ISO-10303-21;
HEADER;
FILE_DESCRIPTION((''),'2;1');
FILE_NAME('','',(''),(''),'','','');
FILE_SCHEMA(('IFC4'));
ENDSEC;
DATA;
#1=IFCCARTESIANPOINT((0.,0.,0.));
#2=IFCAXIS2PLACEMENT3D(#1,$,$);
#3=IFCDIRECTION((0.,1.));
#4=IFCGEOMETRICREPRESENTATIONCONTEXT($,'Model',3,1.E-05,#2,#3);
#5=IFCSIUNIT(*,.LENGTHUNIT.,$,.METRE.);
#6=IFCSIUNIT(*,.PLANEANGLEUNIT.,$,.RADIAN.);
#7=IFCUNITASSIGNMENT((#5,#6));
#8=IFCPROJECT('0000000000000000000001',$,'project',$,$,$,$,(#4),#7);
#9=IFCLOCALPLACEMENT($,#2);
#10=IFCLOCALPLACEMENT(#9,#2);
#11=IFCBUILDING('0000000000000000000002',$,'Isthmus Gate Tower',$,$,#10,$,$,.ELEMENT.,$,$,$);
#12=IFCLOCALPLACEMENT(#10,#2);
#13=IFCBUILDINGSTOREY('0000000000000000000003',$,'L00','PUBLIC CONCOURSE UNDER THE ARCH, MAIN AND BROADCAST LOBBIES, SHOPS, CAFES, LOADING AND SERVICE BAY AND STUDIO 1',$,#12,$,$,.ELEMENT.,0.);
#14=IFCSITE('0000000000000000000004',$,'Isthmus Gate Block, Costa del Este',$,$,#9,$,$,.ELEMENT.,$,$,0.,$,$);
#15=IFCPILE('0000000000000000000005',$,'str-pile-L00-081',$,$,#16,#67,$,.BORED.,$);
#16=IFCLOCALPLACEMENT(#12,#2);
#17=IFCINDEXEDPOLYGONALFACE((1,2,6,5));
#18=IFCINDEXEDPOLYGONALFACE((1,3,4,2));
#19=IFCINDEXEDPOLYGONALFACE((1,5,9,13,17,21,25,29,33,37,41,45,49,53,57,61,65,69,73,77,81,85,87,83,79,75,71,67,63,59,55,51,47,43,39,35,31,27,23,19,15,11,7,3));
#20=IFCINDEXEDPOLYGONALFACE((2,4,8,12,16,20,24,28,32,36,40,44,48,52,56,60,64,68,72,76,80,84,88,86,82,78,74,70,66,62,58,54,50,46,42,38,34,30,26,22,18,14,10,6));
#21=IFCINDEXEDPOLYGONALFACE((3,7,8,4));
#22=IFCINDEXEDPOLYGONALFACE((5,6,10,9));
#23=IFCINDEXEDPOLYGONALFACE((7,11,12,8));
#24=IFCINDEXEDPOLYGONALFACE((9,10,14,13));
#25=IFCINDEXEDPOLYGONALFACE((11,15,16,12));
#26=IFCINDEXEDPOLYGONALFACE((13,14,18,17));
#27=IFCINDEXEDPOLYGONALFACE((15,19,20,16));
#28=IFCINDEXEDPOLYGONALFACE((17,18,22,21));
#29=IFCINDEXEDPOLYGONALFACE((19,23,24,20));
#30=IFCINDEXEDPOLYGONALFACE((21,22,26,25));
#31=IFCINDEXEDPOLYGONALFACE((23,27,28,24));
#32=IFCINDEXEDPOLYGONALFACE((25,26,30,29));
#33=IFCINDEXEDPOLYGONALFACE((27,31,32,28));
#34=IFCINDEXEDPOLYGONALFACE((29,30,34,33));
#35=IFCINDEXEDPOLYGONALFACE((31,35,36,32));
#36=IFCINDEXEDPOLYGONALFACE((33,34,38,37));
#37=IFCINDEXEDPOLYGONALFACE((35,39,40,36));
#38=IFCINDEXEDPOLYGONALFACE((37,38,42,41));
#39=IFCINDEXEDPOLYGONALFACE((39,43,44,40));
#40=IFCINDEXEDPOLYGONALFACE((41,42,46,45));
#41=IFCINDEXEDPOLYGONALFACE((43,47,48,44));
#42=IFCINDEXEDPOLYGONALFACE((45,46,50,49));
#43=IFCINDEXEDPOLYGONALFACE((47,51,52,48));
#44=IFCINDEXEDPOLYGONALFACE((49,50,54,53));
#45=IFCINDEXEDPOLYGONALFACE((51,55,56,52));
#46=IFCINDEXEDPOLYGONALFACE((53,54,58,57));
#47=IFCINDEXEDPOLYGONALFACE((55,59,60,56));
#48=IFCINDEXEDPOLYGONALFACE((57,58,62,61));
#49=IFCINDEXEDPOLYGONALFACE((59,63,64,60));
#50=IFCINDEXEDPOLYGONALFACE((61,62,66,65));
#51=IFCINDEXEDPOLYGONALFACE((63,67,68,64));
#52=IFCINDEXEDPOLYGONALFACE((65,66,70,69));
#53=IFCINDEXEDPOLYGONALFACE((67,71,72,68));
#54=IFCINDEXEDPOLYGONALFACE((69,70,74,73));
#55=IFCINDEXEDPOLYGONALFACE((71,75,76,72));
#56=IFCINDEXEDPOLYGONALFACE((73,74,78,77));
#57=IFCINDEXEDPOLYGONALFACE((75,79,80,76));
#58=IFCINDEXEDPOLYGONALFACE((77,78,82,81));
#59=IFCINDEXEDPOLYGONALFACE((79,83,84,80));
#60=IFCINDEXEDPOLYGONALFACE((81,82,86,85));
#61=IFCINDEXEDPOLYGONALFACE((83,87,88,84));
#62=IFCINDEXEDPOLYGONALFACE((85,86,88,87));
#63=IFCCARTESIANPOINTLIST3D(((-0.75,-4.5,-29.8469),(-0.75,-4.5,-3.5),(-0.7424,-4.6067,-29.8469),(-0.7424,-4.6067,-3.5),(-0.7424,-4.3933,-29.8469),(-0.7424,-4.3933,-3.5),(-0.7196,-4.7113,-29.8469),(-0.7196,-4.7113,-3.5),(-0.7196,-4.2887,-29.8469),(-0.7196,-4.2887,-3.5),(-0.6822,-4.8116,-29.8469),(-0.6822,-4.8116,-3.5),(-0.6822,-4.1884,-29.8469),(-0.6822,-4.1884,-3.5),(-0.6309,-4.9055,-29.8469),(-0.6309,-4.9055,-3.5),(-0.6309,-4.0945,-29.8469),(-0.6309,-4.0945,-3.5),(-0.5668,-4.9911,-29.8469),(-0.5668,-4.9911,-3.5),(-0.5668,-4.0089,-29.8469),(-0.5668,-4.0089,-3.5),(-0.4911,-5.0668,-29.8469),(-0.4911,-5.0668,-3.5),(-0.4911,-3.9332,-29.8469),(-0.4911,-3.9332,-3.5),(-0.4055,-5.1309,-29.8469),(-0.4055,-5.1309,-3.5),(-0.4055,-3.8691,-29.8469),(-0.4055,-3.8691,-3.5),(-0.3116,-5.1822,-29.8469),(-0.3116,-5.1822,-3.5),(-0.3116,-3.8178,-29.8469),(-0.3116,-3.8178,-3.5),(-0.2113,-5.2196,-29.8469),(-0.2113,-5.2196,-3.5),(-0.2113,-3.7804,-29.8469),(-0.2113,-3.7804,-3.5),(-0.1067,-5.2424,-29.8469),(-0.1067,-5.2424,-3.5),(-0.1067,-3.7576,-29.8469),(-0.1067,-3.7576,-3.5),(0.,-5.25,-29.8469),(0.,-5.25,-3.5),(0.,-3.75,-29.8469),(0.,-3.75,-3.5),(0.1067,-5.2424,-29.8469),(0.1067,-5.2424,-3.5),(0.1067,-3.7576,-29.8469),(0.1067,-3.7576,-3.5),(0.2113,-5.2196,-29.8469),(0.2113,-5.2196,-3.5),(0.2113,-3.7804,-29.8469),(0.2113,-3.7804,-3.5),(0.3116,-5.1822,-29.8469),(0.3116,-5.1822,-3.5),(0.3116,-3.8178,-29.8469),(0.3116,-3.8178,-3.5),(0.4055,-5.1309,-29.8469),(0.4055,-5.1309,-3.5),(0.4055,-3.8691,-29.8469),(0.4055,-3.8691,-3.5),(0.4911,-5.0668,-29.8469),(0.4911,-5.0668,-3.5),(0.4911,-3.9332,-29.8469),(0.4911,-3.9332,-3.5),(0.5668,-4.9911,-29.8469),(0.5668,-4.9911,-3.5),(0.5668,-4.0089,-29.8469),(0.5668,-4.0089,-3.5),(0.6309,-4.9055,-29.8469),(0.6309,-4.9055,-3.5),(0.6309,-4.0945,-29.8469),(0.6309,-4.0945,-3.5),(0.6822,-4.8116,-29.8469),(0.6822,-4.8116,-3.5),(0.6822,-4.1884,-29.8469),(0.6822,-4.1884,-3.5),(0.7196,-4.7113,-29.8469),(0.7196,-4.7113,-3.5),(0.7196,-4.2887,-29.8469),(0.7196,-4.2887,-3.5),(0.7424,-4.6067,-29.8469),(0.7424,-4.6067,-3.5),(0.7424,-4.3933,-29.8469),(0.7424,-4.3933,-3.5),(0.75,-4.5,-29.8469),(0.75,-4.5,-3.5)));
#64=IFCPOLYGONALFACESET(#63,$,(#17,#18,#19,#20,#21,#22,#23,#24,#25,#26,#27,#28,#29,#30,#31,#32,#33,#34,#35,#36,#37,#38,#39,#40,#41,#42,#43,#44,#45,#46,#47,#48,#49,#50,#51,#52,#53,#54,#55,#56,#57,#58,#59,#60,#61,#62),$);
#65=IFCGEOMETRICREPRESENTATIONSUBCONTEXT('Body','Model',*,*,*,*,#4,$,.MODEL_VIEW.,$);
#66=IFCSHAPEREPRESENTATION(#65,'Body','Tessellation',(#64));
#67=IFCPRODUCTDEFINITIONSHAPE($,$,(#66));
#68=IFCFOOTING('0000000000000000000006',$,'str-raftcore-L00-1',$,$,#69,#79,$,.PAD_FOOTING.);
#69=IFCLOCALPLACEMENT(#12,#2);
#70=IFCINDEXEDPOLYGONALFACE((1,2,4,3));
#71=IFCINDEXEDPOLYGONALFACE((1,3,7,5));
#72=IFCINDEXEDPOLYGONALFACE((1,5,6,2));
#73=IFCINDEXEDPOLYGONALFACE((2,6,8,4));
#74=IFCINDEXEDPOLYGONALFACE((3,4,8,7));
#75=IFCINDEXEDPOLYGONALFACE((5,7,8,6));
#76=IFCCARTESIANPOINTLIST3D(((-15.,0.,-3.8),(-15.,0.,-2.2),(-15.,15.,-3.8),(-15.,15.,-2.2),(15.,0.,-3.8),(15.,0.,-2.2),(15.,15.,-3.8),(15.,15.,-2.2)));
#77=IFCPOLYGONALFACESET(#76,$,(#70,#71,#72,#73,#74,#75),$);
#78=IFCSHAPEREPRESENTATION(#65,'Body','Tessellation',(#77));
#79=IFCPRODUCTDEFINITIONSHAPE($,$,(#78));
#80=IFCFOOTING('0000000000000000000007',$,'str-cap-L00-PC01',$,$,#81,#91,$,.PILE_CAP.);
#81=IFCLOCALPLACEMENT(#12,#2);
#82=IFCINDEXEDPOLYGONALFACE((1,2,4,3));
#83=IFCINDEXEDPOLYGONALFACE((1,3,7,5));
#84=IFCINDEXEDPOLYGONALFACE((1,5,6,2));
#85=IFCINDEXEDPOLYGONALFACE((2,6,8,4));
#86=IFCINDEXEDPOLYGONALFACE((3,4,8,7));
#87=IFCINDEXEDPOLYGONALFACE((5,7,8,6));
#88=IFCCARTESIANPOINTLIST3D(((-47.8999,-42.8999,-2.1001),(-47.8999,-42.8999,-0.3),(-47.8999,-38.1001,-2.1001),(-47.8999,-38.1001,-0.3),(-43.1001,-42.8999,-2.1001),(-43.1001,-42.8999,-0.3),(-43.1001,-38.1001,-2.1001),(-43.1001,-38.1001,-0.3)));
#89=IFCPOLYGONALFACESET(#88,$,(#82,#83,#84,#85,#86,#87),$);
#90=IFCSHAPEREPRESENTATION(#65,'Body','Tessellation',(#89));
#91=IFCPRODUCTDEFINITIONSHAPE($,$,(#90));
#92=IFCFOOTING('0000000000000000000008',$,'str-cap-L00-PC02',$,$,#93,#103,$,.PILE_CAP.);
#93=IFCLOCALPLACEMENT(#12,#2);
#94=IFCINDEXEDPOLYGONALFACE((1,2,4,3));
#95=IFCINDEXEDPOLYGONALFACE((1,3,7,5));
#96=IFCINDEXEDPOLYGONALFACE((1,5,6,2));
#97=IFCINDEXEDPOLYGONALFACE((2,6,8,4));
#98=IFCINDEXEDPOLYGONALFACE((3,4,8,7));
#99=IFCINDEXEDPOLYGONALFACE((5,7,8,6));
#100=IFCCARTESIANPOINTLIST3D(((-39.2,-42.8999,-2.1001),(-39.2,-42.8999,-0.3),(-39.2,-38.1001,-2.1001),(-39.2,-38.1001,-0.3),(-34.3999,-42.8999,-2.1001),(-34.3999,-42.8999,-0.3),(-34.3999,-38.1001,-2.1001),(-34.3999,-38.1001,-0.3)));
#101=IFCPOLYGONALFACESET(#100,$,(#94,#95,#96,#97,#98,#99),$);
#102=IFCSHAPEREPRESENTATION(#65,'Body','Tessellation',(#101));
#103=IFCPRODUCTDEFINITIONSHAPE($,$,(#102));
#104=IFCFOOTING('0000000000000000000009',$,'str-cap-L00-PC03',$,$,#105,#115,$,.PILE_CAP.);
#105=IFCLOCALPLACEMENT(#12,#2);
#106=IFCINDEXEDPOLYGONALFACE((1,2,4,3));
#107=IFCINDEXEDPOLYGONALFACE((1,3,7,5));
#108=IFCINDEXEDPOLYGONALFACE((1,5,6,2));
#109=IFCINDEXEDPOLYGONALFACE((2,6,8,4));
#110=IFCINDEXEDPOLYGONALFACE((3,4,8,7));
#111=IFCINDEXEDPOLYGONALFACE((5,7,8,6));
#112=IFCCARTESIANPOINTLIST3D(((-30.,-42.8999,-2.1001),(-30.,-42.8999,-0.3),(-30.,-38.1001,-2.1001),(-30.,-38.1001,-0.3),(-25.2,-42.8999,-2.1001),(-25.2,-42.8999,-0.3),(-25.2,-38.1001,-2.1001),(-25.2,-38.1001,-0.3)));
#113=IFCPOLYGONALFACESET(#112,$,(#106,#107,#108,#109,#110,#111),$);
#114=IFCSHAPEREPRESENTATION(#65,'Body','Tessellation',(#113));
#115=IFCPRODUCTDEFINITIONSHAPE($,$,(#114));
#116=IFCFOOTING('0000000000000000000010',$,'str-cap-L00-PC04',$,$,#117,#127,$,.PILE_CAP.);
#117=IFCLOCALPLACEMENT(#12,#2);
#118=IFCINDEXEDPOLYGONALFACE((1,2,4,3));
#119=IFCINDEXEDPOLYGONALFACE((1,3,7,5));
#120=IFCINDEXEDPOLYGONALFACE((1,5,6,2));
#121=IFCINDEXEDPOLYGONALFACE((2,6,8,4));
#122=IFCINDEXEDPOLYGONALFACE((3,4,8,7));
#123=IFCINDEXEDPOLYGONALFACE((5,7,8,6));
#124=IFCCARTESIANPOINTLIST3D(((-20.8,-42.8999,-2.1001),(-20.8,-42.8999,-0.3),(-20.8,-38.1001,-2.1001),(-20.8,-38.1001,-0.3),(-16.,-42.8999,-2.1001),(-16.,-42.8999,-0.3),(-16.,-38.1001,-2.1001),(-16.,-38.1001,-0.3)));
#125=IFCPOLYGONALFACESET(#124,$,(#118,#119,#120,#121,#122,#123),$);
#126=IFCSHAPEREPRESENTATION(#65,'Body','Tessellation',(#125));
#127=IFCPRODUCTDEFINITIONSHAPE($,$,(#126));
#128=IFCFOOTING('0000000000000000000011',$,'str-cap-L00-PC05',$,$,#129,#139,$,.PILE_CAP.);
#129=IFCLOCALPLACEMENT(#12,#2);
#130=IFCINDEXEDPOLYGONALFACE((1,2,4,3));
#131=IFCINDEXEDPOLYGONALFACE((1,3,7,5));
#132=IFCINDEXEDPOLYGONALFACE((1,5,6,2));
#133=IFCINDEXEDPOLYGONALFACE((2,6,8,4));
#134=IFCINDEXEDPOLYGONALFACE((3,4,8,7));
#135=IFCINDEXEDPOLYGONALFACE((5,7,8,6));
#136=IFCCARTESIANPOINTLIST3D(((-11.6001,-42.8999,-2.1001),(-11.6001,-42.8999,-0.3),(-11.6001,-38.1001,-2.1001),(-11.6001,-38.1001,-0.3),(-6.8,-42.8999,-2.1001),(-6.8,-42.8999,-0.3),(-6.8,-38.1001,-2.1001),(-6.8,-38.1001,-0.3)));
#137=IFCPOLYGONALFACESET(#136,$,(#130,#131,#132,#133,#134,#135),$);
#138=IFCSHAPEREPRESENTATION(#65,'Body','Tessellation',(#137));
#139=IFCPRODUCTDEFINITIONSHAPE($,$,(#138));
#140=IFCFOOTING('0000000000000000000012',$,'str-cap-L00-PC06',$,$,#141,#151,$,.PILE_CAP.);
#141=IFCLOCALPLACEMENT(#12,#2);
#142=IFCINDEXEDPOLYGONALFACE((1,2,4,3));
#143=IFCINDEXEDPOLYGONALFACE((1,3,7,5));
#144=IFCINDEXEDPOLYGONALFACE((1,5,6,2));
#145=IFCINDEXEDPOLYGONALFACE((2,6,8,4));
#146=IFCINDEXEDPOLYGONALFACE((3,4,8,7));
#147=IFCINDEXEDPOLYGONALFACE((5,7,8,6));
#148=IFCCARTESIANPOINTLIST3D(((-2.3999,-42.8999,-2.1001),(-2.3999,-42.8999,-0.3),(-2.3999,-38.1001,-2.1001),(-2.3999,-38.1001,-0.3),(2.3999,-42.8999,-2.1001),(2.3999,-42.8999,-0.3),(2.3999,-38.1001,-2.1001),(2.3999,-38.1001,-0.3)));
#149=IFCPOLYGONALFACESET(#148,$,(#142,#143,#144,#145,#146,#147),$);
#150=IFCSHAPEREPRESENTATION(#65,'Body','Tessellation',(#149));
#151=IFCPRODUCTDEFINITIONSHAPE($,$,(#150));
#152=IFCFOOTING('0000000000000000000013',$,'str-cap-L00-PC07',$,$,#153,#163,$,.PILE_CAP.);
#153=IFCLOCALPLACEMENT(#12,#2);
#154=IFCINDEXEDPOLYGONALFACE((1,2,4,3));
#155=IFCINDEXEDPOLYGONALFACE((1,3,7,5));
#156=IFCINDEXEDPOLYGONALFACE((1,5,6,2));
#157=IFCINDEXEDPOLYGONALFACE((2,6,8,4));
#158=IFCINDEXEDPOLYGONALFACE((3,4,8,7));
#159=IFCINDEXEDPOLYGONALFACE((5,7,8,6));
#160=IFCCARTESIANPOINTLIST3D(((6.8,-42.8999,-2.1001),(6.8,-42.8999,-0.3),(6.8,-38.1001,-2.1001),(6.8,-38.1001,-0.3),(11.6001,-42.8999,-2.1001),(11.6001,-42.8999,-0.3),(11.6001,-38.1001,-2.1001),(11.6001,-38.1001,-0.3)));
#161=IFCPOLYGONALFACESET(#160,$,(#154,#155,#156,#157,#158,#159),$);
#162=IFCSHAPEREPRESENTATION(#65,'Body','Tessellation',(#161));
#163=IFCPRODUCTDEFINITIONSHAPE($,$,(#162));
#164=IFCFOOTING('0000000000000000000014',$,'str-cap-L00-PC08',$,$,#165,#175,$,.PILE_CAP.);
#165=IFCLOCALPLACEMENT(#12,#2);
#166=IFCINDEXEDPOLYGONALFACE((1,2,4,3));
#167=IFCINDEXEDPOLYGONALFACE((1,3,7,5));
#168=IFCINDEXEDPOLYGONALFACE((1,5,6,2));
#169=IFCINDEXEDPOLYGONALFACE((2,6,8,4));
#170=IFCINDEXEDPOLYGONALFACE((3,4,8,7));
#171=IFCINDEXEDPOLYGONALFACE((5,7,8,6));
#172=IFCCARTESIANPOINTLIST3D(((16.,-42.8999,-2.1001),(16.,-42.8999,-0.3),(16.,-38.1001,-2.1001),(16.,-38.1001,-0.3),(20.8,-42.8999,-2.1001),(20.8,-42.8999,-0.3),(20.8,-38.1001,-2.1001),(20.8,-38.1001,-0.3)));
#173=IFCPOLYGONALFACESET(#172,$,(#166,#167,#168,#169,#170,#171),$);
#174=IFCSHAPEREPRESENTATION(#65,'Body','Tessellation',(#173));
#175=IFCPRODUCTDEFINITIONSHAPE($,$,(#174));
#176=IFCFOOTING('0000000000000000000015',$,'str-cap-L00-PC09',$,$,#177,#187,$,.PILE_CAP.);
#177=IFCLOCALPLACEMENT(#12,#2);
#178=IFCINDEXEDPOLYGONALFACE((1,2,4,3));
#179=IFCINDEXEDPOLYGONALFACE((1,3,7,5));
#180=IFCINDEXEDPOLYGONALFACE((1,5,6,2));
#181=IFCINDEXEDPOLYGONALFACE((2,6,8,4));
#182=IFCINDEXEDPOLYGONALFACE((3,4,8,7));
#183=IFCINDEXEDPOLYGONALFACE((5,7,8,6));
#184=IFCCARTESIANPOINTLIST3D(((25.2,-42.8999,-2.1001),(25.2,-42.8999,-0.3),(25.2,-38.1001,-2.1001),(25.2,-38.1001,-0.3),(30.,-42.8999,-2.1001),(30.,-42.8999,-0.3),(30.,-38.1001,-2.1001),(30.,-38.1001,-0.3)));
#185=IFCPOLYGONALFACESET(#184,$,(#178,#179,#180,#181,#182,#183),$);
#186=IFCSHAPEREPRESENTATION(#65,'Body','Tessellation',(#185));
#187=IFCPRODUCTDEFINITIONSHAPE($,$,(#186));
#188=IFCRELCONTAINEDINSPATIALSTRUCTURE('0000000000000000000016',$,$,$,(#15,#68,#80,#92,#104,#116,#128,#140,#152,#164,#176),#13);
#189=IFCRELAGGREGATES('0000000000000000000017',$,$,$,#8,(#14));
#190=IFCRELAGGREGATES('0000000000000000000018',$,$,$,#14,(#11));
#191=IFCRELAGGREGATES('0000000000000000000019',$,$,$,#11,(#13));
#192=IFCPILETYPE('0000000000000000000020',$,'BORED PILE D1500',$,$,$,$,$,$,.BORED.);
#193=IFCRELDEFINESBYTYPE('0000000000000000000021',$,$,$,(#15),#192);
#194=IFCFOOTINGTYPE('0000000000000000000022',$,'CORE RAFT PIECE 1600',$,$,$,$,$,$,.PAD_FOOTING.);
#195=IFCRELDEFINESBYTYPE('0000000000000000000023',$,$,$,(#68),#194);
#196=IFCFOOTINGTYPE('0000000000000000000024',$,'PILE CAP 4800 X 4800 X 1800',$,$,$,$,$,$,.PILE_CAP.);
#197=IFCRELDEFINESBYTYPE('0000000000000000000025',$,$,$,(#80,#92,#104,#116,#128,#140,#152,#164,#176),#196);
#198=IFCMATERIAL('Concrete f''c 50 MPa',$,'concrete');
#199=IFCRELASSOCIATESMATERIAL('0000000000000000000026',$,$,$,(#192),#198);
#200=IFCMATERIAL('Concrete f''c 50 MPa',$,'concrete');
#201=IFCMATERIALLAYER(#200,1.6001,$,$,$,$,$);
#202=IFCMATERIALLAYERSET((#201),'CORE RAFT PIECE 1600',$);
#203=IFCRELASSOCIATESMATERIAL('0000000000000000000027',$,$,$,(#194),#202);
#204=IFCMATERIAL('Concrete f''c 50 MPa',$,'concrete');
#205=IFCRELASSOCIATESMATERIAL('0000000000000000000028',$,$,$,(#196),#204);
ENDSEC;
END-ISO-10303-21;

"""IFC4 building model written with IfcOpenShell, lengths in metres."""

from ifc_helpers import new_model, si_unit, direction, frame, origin, origin_2d, place, context, subcontext, project, spatial, polyline, circle, outline, extrude, material, layer, layer_set, material_profile, profile_set, type_object, element, save


model = new_model("IFC4")

# Units and contexts
model_context = context("Model", 3, precision=1e-05, world=origin(), true_north=direction((0.0, 1.0)))
body_context = subcontext(model_context, "Body", "Model", "MODEL_VIEW")
ifc_project = project(units=[si_unit("LENGTHUNIT", "METRE"), si_unit("PLANEANGLEUNIT", "RADIAN")], contexts=[model_context])

# Site, building, storey
site_placement = place(None, origin())
site = spatial("IfcSite", under=ifc_project, at=site_placement, Name="Isthmus Gate Block, Costa del Este", CompositionType="ELEMENT", RefElevation=0.0)
building_placement = place(site_placement, origin())
building = spatial("IfcBuilding", under=site, at=building_placement, Name="Isthmus Gate Tower", CompositionType="ELEMENT")
storey_placement = place(building_placement, origin())
storey = spatial("IfcBuildingStorey", under=building, at=storey_placement, Name="L00", Description="PUBLIC CONCOURSE UNDER THE ARCH, MAIN AND BROADCAST LOBBIES, SHOPS, CAFES, LOADING AND SERVICE BAY AND STUDIO 1", CompositionType="ELEMENT", Elevation=0.0)

# Pile
ifc_material_1 = material(Name="Concrete f'c 50 MPa", Category="concrete")
ifc_material_profile = material_profile(ifc_material_1, circle(Radius=0.75, at=origin_2d()), Name="D1500")
ifc_profile_set = profile_set([ifc_material_profile], Name="Concrete f'c 50 MPa")
pile_type = type_object("IfcPileType", Name="BORED PILE D1500", PredefinedType="BORED", material=ifc_profile_set)
pile_1_placement = place(storey_placement, frame((0.0, -4.5, -3.5), z_axis=(0.0, 0.0, -1.0), x_axis=(1.0, 0.0, 0.0)))
element("IfcPile", 1, at=pile_1_placement, inside=storey, type_object=pile_type, Name="str-pile-L00-081", PredefinedType="BORED", context=body_context, shape_type="SweptSolid", body=[
    extrude(circle(Radius=0.75, at=origin_2d()), origin(), (0.0, 0.0, 1.0), 26.3469),
])

# Footings
ifc_material_2 = material(Name="Concrete f'c 50 MPa", Category="concrete")
ifc_layer_1 = layer(ifc_material_2, 1.6001)
ifc_layer_set_1 = layer_set([ifc_layer_1], Name="CORE RAFT PIECE 1600")
footing_type_1 = type_object("IfcFootingType", Name="CORE RAFT PIECE 1600", PredefinedType="PAD_FOOTING", material=ifc_layer_set_1)
footing_1_placement = place(storey_placement, frame((0.0, 0.0, -3.8)))
element("IfcFooting", 2, at=footing_1_placement, inside=storey, type_object=footing_type_1, Name="str-raftcore-L00-1", PredefinedType="PAD_FOOTING", context=body_context, shape_type="SweptSolid", body=[
    extrude(outline(polyline([(15.0, 0.0), (15.0, 15.0), (-15.0, 15.0), (-15.0, 0.0), (15.0, 0.0)])), origin(), (0.0, 0.0, 1.0), 1.6001),
])
ifc_material_3 = material(Name="Concrete f'c 50 MPa", Category="concrete")
footing_type_2 = type_object("IfcFootingType", Name="PILE CAP 4800 X 4800 X 1800", PredefinedType="PILE_CAP", material=ifc_material_3)
footing_2_placement = place(storey_placement, frame((0.0, 0.0, -2.1001)))
element("IfcFooting", 3, at=footing_2_placement, inside=storey, type_object=footing_type_2, Name="str-cap-L00-PC01", PredefinedType="PILE_CAP", context=body_context, shape_type="SweptSolid", body=[
    extrude(outline(polyline([(-43.1001, -42.8999), (-43.1001, -38.1001), (-47.8999, -38.1001), (-47.8999, -42.8999), (-43.1001, -42.8999)])), origin(), (0.0, 0.0, 1.0), 1.8),
])
footing_3_placement = place(storey_placement, frame((0.0, 0.0, -2.1001)))
element("IfcFooting", 4, at=footing_3_placement, inside=storey, type_object=footing_type_2, Name="str-cap-L00-PC02", PredefinedType="PILE_CAP", context=body_context, shape_type="SweptSolid", body=[
    extrude(outline(polyline([(-34.3999, -42.8999), (-34.3999, -38.1001), (-39.2, -38.1001), (-39.2, -42.8999), (-34.3999, -42.8999)])), origin(), (0.0, 0.0, 1.0), 1.8),
])
footing_4_placement = place(storey_placement, frame((0.0, 0.0, -2.1001)))
element("IfcFooting", 5, at=footing_4_placement, inside=storey, type_object=footing_type_2, Name="str-cap-L00-PC03", PredefinedType="PILE_CAP", context=body_context, shape_type="SweptSolid", body=[
    extrude(outline(polyline([(-25.2, -42.8999), (-25.2, -38.1001), (-30.0, -38.1001), (-30.0, -42.8999), (-25.2, -42.8999)])), origin(), (0.0, 0.0, 1.0), 1.8),
])
footing_5_placement = place(storey_placement, frame((0.0, 0.0, -2.1001)))
element("IfcFooting", 6, at=footing_5_placement, inside=storey, type_object=footing_type_2, Name="str-cap-L00-PC04", PredefinedType="PILE_CAP", context=body_context, shape_type="SweptSolid", body=[
    extrude(outline(polyline([(-16.0, -42.8999), (-16.0, -38.1001), (-20.8, -38.1001), (-20.8, -42.8999), (-16.0, -42.8999)])), origin(), (0.0, 0.0, 1.0), 1.8),
])
footing_6_placement = place(storey_placement, frame((0.0, 0.0, -2.1001)))
element("IfcFooting", 7, at=footing_6_placement, inside=storey, type_object=footing_type_2, Name="str-cap-L00-PC05", PredefinedType="PILE_CAP", context=body_context, shape_type="SweptSolid", body=[
    extrude(outline(polyline([(-6.8, -42.8999), (-6.8, -38.1001), (-11.6001, -38.1001), (-11.6001, -42.8999), (-6.8, -42.8999)])), origin(), (0.0, 0.0, 1.0), 1.8),
])
footing_7_placement = place(storey_placement, frame((0.0, 0.0, -2.1001)))
element("IfcFooting", 8, at=footing_7_placement, inside=storey, type_object=footing_type_2, Name="str-cap-L00-PC06", PredefinedType="PILE_CAP", context=body_context, shape_type="SweptSolid", body=[
    extrude(outline(polyline([(2.3999, -42.8999), (2.3999, -38.1001), (-2.3999, -38.1001), (-2.3999, -42.8999), (2.3999, -42.8999)])), origin(), (0.0, 0.0, 1.0), 1.8),
])
footing_8_placement = place(storey_placement, frame((0.0, 0.0, -2.1001)))
element("IfcFooting", 9, at=footing_8_placement, inside=storey, type_object=footing_type_2, Name="str-cap-L00-PC07", PredefinedType="PILE_CAP", context=body_context, shape_type="SweptSolid", body=[
    extrude(outline(polyline([(11.6001, -42.8999), (11.6001, -38.1001), (6.8, -38.1001), (6.8, -42.8999), (11.6001, -42.8999)])), origin(), (0.0, 0.0, 1.0), 1.8),
])
footing_9_placement = place(storey_placement, frame((0.0, 0.0, -2.1001)))
element("IfcFooting", 10, at=footing_9_placement, inside=storey, type_object=footing_type_2, Name="str-cap-L00-PC08", PredefinedType="PILE_CAP", context=body_context, shape_type="SweptSolid", body=[
    extrude(outline(polyline([(20.8, -42.8999), (20.8, -38.1001), (16.0, -38.1001), (16.0, -42.8999), (20.8, -42.8999)])), origin(), (0.0, 0.0, 1.0), 1.8),
])
footing_10_placement = place(storey_placement, frame((0.0, 0.0, -2.1001)))
element("IfcFooting", 11, at=footing_10_placement, inside=storey, type_object=footing_type_2, Name="str-cap-L00-PC09", PredefinedType="PILE_CAP", context=body_context, shape_type="SweptSolid", body=[
    extrude(outline(polyline([(30.0, -42.8999), (30.0, -38.1001), (25.2, -38.1001), (25.2, -42.8999), (30.0, -42.8999)])), origin(), (0.0, 0.0, 1.0), 1.8),
])

save(model, "model.ifc")
